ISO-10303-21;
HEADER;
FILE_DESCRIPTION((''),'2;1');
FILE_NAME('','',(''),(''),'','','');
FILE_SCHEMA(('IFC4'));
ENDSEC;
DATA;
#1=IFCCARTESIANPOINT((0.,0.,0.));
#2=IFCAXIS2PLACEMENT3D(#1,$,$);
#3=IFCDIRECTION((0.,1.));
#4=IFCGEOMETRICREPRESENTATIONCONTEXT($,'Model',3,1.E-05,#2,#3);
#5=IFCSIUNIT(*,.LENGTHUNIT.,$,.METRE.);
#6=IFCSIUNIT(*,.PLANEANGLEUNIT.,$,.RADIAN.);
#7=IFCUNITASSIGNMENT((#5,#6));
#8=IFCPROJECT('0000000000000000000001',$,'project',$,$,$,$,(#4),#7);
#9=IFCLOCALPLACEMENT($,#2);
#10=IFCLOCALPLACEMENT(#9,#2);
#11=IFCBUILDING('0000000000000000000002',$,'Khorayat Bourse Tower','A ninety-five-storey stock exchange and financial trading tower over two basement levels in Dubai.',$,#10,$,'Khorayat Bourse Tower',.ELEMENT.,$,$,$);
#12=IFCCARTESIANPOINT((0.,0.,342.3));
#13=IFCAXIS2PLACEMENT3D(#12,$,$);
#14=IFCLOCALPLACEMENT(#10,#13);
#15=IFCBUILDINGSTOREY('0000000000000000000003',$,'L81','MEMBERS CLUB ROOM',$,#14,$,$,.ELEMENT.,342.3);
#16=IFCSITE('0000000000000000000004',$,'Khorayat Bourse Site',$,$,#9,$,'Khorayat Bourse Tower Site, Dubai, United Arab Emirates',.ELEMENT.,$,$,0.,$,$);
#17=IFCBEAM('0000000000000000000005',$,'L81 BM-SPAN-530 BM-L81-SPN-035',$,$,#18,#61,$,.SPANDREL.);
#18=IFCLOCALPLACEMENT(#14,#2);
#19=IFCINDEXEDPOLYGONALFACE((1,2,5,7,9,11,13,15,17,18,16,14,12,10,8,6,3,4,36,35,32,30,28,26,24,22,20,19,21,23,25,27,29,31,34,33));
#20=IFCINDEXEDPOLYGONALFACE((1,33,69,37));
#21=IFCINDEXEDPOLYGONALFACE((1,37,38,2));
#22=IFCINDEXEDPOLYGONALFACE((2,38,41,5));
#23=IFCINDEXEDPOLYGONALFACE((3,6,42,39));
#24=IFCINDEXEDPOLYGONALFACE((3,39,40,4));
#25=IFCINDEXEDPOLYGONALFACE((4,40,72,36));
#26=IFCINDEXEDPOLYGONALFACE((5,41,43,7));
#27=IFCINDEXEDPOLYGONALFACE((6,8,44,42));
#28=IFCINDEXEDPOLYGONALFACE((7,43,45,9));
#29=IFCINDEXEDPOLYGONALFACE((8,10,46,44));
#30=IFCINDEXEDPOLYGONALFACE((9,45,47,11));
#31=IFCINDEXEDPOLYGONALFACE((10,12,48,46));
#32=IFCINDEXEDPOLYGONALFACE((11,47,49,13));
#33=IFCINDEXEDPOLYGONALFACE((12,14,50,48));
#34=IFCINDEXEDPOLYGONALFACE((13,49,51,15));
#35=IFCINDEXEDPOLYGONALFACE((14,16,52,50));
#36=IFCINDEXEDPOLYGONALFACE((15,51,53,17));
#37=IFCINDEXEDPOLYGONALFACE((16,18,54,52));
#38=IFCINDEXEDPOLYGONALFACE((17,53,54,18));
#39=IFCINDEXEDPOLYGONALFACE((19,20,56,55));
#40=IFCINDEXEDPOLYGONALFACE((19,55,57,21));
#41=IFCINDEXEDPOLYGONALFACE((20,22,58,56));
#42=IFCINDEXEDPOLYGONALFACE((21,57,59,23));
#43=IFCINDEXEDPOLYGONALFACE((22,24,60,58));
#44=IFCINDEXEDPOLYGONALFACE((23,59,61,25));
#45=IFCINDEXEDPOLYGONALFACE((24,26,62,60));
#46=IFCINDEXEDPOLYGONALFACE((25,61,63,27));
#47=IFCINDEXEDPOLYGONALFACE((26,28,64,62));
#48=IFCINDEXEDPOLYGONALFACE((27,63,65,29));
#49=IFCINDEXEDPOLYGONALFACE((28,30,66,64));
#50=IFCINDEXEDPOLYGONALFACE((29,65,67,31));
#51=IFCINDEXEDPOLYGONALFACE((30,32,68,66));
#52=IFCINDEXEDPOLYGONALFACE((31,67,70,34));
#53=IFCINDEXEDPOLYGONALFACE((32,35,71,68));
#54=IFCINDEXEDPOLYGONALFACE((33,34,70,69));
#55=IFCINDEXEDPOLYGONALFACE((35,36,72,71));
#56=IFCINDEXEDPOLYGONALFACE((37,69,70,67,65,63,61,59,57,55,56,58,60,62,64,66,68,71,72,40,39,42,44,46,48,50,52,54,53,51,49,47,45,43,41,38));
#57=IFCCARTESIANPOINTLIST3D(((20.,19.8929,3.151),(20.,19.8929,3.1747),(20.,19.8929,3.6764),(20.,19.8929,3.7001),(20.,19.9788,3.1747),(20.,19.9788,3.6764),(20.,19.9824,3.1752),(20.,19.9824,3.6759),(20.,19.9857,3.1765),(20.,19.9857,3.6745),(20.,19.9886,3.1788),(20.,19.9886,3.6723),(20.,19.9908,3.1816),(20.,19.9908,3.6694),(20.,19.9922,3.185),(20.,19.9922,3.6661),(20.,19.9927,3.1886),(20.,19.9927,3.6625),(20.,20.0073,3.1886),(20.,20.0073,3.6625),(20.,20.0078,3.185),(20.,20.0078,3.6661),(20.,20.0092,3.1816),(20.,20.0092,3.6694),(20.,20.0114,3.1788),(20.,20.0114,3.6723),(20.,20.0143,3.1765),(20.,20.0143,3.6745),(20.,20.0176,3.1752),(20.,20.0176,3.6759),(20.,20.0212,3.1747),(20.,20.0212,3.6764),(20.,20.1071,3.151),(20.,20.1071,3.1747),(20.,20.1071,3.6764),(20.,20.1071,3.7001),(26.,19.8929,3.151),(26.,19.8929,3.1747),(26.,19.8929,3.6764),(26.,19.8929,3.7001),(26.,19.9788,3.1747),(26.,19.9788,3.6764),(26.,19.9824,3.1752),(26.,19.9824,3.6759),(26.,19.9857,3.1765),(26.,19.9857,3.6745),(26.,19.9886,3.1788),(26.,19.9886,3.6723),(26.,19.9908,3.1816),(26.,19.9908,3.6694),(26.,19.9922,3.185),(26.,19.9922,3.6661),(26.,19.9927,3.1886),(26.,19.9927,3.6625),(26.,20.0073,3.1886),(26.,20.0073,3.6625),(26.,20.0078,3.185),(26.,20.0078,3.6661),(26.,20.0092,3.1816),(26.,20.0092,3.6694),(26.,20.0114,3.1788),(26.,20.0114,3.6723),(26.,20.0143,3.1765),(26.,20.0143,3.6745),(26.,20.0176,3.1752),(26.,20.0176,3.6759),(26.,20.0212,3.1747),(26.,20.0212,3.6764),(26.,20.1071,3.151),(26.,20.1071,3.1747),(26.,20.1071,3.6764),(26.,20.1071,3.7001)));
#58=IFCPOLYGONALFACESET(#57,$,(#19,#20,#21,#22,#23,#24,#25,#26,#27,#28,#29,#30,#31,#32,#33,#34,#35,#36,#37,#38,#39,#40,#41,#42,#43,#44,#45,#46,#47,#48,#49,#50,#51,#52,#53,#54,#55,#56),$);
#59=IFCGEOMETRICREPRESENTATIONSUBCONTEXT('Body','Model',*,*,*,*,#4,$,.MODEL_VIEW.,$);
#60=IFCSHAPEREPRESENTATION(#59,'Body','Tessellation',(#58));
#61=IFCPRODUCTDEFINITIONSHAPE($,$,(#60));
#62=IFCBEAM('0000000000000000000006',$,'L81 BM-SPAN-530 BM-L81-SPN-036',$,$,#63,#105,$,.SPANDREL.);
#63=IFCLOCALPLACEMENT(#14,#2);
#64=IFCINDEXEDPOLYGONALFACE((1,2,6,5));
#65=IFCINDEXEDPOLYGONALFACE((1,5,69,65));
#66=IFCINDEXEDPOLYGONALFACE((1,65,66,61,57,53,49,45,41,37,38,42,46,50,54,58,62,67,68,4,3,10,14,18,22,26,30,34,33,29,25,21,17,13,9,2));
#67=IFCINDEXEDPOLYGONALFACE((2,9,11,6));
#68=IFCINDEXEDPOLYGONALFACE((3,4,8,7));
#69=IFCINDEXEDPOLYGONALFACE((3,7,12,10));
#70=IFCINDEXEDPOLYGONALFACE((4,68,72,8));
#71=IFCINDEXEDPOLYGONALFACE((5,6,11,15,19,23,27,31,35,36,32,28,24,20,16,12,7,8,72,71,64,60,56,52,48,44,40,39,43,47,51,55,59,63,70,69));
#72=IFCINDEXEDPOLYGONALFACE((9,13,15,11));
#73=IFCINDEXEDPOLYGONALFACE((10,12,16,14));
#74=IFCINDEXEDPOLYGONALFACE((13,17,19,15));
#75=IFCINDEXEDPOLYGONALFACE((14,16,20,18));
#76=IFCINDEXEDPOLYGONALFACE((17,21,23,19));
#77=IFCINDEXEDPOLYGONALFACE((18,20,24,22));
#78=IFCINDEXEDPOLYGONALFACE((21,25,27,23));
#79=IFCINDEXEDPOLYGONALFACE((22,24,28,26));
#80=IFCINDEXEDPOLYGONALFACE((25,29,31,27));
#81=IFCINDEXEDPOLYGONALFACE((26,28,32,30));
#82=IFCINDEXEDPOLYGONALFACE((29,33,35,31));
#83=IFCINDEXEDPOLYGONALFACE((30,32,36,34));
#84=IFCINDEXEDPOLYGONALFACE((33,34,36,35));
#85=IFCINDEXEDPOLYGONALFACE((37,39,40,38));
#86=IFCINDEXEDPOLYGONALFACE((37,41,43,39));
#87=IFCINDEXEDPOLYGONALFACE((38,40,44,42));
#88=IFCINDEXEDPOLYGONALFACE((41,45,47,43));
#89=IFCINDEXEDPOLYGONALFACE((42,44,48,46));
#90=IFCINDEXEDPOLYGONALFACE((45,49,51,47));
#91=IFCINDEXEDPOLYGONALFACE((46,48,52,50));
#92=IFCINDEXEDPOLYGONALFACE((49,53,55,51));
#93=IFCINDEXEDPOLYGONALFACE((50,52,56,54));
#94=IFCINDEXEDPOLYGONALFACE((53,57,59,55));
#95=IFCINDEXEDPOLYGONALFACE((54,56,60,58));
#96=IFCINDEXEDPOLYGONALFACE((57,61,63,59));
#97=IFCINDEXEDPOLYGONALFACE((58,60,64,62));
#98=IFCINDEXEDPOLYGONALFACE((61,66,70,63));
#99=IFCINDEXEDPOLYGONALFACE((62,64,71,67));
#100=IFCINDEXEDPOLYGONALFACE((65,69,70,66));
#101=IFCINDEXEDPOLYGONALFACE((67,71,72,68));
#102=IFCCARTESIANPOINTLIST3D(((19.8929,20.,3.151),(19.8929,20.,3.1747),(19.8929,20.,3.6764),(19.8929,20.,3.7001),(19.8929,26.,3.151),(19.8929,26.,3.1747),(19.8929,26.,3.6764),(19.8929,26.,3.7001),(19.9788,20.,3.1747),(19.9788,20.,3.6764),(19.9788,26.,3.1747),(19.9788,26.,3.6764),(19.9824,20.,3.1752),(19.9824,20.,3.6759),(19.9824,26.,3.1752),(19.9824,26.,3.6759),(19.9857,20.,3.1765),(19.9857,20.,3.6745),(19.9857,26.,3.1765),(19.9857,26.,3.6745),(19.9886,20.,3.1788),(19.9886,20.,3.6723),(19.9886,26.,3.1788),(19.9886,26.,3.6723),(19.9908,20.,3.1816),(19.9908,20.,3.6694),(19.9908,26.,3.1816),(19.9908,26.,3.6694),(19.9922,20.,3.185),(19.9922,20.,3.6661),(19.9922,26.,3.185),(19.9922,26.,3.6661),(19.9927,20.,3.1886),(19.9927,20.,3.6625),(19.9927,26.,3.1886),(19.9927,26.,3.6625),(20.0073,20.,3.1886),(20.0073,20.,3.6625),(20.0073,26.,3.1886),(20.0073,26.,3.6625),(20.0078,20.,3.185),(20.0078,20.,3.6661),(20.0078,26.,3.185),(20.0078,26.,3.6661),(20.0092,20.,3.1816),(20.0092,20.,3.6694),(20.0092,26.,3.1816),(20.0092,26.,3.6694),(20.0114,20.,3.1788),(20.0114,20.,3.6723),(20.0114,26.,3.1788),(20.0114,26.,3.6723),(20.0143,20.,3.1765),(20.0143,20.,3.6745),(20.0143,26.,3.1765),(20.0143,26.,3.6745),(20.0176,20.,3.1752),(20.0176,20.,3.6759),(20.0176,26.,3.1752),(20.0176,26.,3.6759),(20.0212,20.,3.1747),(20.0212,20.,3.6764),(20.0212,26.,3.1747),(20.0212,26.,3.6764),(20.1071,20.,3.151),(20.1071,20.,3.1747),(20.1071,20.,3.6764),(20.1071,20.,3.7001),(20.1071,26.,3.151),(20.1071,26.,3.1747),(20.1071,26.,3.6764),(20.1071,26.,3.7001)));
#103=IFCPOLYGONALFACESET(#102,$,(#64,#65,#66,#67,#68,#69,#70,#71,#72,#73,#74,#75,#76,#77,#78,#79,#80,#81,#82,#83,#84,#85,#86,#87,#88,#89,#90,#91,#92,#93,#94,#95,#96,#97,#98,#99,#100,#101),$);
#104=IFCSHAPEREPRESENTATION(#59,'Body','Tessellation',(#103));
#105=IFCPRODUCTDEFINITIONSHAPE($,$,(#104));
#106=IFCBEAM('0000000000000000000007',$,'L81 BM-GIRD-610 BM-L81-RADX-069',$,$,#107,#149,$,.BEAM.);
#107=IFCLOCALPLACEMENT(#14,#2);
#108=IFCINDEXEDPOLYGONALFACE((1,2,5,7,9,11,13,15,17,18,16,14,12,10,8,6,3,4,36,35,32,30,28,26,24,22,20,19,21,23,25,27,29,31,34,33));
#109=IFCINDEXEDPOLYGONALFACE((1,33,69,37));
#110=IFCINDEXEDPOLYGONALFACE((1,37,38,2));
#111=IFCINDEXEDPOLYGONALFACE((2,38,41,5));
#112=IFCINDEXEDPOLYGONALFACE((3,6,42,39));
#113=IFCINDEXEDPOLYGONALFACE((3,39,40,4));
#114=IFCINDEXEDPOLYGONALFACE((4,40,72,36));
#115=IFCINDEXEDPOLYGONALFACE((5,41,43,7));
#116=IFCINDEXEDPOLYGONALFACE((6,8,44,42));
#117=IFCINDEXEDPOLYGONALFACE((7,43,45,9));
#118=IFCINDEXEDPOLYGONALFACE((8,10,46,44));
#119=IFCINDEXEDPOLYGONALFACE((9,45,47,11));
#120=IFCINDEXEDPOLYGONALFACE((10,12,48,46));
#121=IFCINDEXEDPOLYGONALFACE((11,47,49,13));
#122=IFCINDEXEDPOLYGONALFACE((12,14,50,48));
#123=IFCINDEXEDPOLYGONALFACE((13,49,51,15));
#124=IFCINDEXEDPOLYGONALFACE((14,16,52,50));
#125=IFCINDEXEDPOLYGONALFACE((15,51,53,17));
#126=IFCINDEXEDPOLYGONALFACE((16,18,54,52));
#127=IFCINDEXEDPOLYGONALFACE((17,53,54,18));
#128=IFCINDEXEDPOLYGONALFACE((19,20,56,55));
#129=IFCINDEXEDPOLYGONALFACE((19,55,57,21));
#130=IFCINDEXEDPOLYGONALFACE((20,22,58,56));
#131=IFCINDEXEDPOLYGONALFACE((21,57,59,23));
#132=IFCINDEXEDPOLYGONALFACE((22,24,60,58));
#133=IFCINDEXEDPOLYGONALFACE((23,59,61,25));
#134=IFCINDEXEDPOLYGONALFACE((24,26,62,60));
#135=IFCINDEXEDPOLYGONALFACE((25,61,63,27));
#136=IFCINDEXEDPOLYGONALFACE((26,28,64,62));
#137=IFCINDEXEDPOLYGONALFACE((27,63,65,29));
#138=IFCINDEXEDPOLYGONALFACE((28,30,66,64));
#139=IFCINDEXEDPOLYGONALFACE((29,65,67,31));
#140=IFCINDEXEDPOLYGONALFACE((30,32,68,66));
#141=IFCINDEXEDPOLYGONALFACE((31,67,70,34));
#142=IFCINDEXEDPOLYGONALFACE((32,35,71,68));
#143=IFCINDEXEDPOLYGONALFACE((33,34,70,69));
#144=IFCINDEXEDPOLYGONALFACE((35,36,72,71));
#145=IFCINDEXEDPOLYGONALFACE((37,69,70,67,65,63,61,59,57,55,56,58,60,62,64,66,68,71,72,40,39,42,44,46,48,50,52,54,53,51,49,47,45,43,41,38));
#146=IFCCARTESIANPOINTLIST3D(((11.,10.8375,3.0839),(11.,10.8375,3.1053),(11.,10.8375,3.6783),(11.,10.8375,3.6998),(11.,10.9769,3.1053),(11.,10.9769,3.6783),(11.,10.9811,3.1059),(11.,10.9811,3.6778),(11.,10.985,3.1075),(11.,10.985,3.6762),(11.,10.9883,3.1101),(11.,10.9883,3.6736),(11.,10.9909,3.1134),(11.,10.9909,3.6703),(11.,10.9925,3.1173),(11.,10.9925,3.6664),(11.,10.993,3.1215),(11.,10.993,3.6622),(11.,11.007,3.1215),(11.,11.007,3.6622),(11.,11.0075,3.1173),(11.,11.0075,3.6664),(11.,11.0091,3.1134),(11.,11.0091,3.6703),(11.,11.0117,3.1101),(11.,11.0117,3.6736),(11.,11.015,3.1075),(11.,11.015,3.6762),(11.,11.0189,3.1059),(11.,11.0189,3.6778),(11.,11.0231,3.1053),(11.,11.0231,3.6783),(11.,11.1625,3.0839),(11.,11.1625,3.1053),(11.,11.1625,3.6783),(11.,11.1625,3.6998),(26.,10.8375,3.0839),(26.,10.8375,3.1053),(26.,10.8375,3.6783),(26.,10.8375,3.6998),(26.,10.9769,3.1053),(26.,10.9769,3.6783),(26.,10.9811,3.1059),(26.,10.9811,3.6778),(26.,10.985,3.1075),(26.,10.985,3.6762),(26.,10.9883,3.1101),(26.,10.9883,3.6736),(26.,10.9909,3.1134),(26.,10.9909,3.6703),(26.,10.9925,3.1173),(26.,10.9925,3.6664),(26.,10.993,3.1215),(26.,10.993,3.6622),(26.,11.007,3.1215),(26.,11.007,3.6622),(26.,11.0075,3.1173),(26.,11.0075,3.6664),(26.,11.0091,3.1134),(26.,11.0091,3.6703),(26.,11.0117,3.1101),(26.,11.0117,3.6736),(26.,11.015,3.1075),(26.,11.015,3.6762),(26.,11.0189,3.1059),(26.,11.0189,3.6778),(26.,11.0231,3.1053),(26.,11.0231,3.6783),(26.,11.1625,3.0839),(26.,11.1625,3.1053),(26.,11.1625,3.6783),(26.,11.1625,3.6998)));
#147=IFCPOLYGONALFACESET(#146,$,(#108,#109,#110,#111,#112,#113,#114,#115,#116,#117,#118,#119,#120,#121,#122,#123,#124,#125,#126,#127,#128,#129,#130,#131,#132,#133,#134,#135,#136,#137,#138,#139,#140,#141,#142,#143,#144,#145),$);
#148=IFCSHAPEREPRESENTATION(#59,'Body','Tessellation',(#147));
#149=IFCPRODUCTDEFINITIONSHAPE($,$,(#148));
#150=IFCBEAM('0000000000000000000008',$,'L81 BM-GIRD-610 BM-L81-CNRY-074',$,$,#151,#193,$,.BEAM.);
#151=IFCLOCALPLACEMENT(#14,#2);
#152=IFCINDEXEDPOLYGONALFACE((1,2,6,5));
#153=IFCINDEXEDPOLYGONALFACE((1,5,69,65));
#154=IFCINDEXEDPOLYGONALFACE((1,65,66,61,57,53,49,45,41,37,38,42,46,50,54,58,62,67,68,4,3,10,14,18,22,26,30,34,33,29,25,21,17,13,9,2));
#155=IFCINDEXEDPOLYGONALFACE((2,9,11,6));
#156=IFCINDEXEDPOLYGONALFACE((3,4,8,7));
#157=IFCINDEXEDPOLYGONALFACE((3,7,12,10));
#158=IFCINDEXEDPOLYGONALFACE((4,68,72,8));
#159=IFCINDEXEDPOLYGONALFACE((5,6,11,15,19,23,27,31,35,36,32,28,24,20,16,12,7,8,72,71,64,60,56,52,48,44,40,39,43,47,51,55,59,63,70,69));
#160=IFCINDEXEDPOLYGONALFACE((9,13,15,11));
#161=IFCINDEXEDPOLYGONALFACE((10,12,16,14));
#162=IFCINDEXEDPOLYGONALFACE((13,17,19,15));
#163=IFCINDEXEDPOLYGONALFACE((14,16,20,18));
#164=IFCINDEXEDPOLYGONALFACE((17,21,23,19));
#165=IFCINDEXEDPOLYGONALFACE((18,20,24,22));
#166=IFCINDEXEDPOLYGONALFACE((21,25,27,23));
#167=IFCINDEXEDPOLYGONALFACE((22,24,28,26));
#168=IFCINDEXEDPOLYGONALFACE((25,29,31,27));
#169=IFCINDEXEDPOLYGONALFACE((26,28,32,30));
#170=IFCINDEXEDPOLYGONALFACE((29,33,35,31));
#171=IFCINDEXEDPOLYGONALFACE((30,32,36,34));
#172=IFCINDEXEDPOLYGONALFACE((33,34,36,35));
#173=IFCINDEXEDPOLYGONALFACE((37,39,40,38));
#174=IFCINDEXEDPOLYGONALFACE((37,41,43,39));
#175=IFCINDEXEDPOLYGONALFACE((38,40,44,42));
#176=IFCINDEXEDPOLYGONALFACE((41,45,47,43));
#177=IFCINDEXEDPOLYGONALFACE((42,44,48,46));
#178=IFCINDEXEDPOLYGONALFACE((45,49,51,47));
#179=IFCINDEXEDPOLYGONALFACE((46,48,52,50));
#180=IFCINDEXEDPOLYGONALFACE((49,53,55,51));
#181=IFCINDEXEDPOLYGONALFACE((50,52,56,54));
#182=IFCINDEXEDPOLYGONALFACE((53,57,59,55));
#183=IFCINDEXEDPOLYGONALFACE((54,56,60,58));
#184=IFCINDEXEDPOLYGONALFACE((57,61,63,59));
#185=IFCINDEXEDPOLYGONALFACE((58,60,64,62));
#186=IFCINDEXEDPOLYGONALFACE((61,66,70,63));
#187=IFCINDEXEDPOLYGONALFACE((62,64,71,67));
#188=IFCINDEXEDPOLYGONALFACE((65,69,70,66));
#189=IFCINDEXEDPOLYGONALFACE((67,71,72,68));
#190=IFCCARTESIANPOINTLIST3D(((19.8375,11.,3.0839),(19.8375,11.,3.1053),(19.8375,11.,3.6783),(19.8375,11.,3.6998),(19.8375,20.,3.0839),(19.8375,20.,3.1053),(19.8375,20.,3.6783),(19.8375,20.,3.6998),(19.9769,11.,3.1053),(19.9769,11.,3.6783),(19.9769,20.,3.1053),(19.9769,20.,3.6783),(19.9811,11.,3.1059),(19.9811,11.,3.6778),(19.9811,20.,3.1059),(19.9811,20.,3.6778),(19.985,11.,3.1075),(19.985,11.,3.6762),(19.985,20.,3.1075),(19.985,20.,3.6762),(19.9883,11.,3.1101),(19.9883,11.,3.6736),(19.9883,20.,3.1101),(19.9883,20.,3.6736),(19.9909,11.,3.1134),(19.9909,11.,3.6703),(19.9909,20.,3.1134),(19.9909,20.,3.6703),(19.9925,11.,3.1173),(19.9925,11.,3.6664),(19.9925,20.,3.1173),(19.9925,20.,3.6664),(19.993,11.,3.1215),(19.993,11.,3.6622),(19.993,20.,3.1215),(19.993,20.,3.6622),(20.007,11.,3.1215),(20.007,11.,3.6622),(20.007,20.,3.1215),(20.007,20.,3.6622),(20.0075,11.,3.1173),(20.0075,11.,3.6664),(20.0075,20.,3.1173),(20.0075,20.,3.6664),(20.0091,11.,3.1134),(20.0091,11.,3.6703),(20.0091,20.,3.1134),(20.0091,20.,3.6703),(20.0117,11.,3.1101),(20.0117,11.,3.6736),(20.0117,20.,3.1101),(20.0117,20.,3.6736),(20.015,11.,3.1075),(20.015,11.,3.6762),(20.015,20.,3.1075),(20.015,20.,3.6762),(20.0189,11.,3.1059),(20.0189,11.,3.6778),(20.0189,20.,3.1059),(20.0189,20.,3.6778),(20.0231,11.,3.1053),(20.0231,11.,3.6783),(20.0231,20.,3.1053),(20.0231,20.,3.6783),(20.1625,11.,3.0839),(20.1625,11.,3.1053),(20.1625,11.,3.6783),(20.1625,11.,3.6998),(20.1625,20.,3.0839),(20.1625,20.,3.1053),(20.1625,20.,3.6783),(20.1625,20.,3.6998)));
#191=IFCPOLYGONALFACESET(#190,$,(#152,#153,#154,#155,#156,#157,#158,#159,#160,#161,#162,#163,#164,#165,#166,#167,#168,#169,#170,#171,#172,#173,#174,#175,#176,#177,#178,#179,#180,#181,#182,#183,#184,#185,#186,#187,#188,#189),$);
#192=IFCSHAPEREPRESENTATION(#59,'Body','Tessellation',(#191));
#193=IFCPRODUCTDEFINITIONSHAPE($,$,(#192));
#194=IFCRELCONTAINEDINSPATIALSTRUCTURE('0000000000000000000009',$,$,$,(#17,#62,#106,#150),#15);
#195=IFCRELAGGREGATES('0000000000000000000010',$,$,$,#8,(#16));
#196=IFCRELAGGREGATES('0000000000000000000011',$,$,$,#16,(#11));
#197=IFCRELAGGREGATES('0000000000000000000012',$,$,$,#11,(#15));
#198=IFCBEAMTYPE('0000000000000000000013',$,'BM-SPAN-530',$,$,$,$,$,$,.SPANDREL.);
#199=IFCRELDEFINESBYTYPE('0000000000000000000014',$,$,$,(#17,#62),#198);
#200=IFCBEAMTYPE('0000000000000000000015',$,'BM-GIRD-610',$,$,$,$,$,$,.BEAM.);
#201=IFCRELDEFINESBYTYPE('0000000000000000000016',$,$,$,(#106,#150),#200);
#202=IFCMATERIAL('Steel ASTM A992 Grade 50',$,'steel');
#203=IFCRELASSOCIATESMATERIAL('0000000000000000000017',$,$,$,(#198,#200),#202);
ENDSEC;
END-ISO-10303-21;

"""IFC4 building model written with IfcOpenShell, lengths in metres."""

from ifc_helpers import new_model, si_unit, direction, frame, origin, origin_2d, place, context, subcontext, project, spatial, i_section, extrude, source, transform, mapped, material, material_profile, profile_set, type_object, element, save


model = new_model("IFC4")

# Units and contexts
model_context = context("Model", 3, precision=1e-05, world=origin(), true_north=direction((0.0, 1.0)))
body_context = subcontext(model_context, "Body", "Model", "MODEL_VIEW")
ifc_project = project(units=[si_unit("LENGTHUNIT", "METRE"), si_unit("PLANEANGLEUNIT", "RADIAN")], contexts=[model_context])

# Site, building, storey
site_placement = place(None, origin())
site = spatial("IfcSite", under=ifc_project, at=site_placement, Name="Khorayat Bourse Site", LongName="Khorayat Bourse Tower Site, Dubai, United Arab Emirates", CompositionType="ELEMENT", RefElevation=0.0)
building_placement = place(site_placement, origin())
building = spatial("IfcBuilding", under=site, at=building_placement, Name="Khorayat Bourse Tower", Description="A ninety-five-storey stock exchange and financial trading tower over two basement levels in Dubai.", LongName="Khorayat Bourse Tower", CompositionType="ELEMENT")
storey_placement = place(building_placement, frame((0.0, 0.0, 342.3)))
storey = spatial("IfcBuildingStorey", under=building, at=storey_placement, Name="L81", Description="MEMBERS CLUB ROOM", CompositionType="ELEMENT", Elevation=342.3)

# Beams
ifc_material_1 = material(Name="Steel ASTM A992 Grade 50", Category="steel")
ifc_material_profile_1 = material_profile(ifc_material_1, i_section(OverallWidth=0.2141, OverallDepth=0.5491, WebThickness=0.0146, FlangeThickness=0.0237, FilletRadius=0.0139, at=origin_2d()), Name="W530X138")
ifc_profile_set_1 = profile_set([ifc_material_profile_1], Name="Steel ASTM A992 Grade 50")
beam_type_1 = type_object("IfcBeamType", Name="BM-SPAN-530", PredefinedType="SPANDREL", material=ifc_profile_set_1)
shared_shape_1 = source(origin(), body_context, "Body", "SweptSolid", [
    extrude(i_section(OverallWidth=0.2141, OverallDepth=0.5491, WebThickness=0.0146, FlangeThickness=0.0237, FilletRadius=0.0139, at=origin_2d()), origin(), (0.0, 0.0, 1.0), 6.0),
])
for number, where, z_axis, x_axis, name in (
    (1, (20.0, 20.0, 3.4255), (1.0, 0.0, 0.0), (0.0, 1.0, 0.0), "L81 BM-SPAN-530 BM-L81-SPN-035"),
    (2, (20.0, 20.0, 3.4255), (0.0, 1.0, 0.0), (-1.0, 0.0, 0.0), "L81 BM-SPAN-530 BM-L81-SPN-036"),
):
    element("IfcBeam", number, at=place(storey_placement, frame(where, z_axis=z_axis, x_axis=x_axis)), inside=storey, type_object=beam_type_1, Name=name, PredefinedType="SPANDREL", context=body_context, shape_type="MappedRepresentation", body=[
        mapped(shared_shape_1, transform((0.0, 0.0, 0.0), scale=1.0)),
    ])
ifc_material_profile_2 = material_profile(ifc_material_1, i_section(OverallWidth=0.325, OverallDepth=0.616, WebThickness=0.0139, FlangeThickness=0.0215, FilletRadius=0.0161, at=origin_2d()), Name="W610X174")
ifc_profile_set_2 = profile_set([ifc_material_profile_2], Name="Steel ASTM A992 Grade 50")
beam_type_2 = type_object("IfcBeamType", Name="BM-GIRD-610", PredefinedType="BEAM", material=ifc_profile_set_2)
shared_shape_2 = source(origin(), body_context, "Body", "SweptSolid", [
    extrude(i_section(OverallWidth=0.325, OverallDepth=0.616, WebThickness=0.0139, FlangeThickness=0.0215, FilletRadius=0.0161, at=origin_2d()), origin(), (0.0, 0.0, 1.0), 15.0),
])
beam_1_placement = place(storey_placement, frame((11.0, 11.0, 3.3918), z_axis=(1.0, 0.0, 0.0), x_axis=(0.0, 1.0, 0.0)))
element("IfcBeam", 3, at=beam_1_placement, inside=storey, type_object=beam_type_2, Name="L81 BM-GIRD-610 BM-L81-RADX-069", PredefinedType="BEAM", context=body_context, shape_type="MappedRepresentation", body=[
    mapped(shared_shape_2, transform((0.0, 0.0, 0.0), scale=1.0)),
])
shared_shape_3 = source(origin(), body_context, "Body", "SweptSolid", [
    extrude(i_section(OverallWidth=0.325, OverallDepth=0.616, WebThickness=0.0139, FlangeThickness=0.0215, FilletRadius=0.0161, at=origin_2d()), origin(), (0.0, 0.0, 1.0), 9.0),
])
beam_2_placement = place(storey_placement, frame((20.0, 11.0, 3.3918), z_axis=(0.0, 1.0, 0.0), x_axis=(-1.0, 0.0, 0.0)))
element("IfcBeam", 4, at=beam_2_placement, inside=storey, type_object=beam_type_2, Name="L81 BM-GIRD-610 BM-L81-CNRY-074", PredefinedType="BEAM", context=body_context, shape_type="MappedRepresentation", body=[
    mapped(shared_shape_3, transform((0.0, 0.0, 0.0), scale=1.0)),
])

save(model, "model.ifc")
